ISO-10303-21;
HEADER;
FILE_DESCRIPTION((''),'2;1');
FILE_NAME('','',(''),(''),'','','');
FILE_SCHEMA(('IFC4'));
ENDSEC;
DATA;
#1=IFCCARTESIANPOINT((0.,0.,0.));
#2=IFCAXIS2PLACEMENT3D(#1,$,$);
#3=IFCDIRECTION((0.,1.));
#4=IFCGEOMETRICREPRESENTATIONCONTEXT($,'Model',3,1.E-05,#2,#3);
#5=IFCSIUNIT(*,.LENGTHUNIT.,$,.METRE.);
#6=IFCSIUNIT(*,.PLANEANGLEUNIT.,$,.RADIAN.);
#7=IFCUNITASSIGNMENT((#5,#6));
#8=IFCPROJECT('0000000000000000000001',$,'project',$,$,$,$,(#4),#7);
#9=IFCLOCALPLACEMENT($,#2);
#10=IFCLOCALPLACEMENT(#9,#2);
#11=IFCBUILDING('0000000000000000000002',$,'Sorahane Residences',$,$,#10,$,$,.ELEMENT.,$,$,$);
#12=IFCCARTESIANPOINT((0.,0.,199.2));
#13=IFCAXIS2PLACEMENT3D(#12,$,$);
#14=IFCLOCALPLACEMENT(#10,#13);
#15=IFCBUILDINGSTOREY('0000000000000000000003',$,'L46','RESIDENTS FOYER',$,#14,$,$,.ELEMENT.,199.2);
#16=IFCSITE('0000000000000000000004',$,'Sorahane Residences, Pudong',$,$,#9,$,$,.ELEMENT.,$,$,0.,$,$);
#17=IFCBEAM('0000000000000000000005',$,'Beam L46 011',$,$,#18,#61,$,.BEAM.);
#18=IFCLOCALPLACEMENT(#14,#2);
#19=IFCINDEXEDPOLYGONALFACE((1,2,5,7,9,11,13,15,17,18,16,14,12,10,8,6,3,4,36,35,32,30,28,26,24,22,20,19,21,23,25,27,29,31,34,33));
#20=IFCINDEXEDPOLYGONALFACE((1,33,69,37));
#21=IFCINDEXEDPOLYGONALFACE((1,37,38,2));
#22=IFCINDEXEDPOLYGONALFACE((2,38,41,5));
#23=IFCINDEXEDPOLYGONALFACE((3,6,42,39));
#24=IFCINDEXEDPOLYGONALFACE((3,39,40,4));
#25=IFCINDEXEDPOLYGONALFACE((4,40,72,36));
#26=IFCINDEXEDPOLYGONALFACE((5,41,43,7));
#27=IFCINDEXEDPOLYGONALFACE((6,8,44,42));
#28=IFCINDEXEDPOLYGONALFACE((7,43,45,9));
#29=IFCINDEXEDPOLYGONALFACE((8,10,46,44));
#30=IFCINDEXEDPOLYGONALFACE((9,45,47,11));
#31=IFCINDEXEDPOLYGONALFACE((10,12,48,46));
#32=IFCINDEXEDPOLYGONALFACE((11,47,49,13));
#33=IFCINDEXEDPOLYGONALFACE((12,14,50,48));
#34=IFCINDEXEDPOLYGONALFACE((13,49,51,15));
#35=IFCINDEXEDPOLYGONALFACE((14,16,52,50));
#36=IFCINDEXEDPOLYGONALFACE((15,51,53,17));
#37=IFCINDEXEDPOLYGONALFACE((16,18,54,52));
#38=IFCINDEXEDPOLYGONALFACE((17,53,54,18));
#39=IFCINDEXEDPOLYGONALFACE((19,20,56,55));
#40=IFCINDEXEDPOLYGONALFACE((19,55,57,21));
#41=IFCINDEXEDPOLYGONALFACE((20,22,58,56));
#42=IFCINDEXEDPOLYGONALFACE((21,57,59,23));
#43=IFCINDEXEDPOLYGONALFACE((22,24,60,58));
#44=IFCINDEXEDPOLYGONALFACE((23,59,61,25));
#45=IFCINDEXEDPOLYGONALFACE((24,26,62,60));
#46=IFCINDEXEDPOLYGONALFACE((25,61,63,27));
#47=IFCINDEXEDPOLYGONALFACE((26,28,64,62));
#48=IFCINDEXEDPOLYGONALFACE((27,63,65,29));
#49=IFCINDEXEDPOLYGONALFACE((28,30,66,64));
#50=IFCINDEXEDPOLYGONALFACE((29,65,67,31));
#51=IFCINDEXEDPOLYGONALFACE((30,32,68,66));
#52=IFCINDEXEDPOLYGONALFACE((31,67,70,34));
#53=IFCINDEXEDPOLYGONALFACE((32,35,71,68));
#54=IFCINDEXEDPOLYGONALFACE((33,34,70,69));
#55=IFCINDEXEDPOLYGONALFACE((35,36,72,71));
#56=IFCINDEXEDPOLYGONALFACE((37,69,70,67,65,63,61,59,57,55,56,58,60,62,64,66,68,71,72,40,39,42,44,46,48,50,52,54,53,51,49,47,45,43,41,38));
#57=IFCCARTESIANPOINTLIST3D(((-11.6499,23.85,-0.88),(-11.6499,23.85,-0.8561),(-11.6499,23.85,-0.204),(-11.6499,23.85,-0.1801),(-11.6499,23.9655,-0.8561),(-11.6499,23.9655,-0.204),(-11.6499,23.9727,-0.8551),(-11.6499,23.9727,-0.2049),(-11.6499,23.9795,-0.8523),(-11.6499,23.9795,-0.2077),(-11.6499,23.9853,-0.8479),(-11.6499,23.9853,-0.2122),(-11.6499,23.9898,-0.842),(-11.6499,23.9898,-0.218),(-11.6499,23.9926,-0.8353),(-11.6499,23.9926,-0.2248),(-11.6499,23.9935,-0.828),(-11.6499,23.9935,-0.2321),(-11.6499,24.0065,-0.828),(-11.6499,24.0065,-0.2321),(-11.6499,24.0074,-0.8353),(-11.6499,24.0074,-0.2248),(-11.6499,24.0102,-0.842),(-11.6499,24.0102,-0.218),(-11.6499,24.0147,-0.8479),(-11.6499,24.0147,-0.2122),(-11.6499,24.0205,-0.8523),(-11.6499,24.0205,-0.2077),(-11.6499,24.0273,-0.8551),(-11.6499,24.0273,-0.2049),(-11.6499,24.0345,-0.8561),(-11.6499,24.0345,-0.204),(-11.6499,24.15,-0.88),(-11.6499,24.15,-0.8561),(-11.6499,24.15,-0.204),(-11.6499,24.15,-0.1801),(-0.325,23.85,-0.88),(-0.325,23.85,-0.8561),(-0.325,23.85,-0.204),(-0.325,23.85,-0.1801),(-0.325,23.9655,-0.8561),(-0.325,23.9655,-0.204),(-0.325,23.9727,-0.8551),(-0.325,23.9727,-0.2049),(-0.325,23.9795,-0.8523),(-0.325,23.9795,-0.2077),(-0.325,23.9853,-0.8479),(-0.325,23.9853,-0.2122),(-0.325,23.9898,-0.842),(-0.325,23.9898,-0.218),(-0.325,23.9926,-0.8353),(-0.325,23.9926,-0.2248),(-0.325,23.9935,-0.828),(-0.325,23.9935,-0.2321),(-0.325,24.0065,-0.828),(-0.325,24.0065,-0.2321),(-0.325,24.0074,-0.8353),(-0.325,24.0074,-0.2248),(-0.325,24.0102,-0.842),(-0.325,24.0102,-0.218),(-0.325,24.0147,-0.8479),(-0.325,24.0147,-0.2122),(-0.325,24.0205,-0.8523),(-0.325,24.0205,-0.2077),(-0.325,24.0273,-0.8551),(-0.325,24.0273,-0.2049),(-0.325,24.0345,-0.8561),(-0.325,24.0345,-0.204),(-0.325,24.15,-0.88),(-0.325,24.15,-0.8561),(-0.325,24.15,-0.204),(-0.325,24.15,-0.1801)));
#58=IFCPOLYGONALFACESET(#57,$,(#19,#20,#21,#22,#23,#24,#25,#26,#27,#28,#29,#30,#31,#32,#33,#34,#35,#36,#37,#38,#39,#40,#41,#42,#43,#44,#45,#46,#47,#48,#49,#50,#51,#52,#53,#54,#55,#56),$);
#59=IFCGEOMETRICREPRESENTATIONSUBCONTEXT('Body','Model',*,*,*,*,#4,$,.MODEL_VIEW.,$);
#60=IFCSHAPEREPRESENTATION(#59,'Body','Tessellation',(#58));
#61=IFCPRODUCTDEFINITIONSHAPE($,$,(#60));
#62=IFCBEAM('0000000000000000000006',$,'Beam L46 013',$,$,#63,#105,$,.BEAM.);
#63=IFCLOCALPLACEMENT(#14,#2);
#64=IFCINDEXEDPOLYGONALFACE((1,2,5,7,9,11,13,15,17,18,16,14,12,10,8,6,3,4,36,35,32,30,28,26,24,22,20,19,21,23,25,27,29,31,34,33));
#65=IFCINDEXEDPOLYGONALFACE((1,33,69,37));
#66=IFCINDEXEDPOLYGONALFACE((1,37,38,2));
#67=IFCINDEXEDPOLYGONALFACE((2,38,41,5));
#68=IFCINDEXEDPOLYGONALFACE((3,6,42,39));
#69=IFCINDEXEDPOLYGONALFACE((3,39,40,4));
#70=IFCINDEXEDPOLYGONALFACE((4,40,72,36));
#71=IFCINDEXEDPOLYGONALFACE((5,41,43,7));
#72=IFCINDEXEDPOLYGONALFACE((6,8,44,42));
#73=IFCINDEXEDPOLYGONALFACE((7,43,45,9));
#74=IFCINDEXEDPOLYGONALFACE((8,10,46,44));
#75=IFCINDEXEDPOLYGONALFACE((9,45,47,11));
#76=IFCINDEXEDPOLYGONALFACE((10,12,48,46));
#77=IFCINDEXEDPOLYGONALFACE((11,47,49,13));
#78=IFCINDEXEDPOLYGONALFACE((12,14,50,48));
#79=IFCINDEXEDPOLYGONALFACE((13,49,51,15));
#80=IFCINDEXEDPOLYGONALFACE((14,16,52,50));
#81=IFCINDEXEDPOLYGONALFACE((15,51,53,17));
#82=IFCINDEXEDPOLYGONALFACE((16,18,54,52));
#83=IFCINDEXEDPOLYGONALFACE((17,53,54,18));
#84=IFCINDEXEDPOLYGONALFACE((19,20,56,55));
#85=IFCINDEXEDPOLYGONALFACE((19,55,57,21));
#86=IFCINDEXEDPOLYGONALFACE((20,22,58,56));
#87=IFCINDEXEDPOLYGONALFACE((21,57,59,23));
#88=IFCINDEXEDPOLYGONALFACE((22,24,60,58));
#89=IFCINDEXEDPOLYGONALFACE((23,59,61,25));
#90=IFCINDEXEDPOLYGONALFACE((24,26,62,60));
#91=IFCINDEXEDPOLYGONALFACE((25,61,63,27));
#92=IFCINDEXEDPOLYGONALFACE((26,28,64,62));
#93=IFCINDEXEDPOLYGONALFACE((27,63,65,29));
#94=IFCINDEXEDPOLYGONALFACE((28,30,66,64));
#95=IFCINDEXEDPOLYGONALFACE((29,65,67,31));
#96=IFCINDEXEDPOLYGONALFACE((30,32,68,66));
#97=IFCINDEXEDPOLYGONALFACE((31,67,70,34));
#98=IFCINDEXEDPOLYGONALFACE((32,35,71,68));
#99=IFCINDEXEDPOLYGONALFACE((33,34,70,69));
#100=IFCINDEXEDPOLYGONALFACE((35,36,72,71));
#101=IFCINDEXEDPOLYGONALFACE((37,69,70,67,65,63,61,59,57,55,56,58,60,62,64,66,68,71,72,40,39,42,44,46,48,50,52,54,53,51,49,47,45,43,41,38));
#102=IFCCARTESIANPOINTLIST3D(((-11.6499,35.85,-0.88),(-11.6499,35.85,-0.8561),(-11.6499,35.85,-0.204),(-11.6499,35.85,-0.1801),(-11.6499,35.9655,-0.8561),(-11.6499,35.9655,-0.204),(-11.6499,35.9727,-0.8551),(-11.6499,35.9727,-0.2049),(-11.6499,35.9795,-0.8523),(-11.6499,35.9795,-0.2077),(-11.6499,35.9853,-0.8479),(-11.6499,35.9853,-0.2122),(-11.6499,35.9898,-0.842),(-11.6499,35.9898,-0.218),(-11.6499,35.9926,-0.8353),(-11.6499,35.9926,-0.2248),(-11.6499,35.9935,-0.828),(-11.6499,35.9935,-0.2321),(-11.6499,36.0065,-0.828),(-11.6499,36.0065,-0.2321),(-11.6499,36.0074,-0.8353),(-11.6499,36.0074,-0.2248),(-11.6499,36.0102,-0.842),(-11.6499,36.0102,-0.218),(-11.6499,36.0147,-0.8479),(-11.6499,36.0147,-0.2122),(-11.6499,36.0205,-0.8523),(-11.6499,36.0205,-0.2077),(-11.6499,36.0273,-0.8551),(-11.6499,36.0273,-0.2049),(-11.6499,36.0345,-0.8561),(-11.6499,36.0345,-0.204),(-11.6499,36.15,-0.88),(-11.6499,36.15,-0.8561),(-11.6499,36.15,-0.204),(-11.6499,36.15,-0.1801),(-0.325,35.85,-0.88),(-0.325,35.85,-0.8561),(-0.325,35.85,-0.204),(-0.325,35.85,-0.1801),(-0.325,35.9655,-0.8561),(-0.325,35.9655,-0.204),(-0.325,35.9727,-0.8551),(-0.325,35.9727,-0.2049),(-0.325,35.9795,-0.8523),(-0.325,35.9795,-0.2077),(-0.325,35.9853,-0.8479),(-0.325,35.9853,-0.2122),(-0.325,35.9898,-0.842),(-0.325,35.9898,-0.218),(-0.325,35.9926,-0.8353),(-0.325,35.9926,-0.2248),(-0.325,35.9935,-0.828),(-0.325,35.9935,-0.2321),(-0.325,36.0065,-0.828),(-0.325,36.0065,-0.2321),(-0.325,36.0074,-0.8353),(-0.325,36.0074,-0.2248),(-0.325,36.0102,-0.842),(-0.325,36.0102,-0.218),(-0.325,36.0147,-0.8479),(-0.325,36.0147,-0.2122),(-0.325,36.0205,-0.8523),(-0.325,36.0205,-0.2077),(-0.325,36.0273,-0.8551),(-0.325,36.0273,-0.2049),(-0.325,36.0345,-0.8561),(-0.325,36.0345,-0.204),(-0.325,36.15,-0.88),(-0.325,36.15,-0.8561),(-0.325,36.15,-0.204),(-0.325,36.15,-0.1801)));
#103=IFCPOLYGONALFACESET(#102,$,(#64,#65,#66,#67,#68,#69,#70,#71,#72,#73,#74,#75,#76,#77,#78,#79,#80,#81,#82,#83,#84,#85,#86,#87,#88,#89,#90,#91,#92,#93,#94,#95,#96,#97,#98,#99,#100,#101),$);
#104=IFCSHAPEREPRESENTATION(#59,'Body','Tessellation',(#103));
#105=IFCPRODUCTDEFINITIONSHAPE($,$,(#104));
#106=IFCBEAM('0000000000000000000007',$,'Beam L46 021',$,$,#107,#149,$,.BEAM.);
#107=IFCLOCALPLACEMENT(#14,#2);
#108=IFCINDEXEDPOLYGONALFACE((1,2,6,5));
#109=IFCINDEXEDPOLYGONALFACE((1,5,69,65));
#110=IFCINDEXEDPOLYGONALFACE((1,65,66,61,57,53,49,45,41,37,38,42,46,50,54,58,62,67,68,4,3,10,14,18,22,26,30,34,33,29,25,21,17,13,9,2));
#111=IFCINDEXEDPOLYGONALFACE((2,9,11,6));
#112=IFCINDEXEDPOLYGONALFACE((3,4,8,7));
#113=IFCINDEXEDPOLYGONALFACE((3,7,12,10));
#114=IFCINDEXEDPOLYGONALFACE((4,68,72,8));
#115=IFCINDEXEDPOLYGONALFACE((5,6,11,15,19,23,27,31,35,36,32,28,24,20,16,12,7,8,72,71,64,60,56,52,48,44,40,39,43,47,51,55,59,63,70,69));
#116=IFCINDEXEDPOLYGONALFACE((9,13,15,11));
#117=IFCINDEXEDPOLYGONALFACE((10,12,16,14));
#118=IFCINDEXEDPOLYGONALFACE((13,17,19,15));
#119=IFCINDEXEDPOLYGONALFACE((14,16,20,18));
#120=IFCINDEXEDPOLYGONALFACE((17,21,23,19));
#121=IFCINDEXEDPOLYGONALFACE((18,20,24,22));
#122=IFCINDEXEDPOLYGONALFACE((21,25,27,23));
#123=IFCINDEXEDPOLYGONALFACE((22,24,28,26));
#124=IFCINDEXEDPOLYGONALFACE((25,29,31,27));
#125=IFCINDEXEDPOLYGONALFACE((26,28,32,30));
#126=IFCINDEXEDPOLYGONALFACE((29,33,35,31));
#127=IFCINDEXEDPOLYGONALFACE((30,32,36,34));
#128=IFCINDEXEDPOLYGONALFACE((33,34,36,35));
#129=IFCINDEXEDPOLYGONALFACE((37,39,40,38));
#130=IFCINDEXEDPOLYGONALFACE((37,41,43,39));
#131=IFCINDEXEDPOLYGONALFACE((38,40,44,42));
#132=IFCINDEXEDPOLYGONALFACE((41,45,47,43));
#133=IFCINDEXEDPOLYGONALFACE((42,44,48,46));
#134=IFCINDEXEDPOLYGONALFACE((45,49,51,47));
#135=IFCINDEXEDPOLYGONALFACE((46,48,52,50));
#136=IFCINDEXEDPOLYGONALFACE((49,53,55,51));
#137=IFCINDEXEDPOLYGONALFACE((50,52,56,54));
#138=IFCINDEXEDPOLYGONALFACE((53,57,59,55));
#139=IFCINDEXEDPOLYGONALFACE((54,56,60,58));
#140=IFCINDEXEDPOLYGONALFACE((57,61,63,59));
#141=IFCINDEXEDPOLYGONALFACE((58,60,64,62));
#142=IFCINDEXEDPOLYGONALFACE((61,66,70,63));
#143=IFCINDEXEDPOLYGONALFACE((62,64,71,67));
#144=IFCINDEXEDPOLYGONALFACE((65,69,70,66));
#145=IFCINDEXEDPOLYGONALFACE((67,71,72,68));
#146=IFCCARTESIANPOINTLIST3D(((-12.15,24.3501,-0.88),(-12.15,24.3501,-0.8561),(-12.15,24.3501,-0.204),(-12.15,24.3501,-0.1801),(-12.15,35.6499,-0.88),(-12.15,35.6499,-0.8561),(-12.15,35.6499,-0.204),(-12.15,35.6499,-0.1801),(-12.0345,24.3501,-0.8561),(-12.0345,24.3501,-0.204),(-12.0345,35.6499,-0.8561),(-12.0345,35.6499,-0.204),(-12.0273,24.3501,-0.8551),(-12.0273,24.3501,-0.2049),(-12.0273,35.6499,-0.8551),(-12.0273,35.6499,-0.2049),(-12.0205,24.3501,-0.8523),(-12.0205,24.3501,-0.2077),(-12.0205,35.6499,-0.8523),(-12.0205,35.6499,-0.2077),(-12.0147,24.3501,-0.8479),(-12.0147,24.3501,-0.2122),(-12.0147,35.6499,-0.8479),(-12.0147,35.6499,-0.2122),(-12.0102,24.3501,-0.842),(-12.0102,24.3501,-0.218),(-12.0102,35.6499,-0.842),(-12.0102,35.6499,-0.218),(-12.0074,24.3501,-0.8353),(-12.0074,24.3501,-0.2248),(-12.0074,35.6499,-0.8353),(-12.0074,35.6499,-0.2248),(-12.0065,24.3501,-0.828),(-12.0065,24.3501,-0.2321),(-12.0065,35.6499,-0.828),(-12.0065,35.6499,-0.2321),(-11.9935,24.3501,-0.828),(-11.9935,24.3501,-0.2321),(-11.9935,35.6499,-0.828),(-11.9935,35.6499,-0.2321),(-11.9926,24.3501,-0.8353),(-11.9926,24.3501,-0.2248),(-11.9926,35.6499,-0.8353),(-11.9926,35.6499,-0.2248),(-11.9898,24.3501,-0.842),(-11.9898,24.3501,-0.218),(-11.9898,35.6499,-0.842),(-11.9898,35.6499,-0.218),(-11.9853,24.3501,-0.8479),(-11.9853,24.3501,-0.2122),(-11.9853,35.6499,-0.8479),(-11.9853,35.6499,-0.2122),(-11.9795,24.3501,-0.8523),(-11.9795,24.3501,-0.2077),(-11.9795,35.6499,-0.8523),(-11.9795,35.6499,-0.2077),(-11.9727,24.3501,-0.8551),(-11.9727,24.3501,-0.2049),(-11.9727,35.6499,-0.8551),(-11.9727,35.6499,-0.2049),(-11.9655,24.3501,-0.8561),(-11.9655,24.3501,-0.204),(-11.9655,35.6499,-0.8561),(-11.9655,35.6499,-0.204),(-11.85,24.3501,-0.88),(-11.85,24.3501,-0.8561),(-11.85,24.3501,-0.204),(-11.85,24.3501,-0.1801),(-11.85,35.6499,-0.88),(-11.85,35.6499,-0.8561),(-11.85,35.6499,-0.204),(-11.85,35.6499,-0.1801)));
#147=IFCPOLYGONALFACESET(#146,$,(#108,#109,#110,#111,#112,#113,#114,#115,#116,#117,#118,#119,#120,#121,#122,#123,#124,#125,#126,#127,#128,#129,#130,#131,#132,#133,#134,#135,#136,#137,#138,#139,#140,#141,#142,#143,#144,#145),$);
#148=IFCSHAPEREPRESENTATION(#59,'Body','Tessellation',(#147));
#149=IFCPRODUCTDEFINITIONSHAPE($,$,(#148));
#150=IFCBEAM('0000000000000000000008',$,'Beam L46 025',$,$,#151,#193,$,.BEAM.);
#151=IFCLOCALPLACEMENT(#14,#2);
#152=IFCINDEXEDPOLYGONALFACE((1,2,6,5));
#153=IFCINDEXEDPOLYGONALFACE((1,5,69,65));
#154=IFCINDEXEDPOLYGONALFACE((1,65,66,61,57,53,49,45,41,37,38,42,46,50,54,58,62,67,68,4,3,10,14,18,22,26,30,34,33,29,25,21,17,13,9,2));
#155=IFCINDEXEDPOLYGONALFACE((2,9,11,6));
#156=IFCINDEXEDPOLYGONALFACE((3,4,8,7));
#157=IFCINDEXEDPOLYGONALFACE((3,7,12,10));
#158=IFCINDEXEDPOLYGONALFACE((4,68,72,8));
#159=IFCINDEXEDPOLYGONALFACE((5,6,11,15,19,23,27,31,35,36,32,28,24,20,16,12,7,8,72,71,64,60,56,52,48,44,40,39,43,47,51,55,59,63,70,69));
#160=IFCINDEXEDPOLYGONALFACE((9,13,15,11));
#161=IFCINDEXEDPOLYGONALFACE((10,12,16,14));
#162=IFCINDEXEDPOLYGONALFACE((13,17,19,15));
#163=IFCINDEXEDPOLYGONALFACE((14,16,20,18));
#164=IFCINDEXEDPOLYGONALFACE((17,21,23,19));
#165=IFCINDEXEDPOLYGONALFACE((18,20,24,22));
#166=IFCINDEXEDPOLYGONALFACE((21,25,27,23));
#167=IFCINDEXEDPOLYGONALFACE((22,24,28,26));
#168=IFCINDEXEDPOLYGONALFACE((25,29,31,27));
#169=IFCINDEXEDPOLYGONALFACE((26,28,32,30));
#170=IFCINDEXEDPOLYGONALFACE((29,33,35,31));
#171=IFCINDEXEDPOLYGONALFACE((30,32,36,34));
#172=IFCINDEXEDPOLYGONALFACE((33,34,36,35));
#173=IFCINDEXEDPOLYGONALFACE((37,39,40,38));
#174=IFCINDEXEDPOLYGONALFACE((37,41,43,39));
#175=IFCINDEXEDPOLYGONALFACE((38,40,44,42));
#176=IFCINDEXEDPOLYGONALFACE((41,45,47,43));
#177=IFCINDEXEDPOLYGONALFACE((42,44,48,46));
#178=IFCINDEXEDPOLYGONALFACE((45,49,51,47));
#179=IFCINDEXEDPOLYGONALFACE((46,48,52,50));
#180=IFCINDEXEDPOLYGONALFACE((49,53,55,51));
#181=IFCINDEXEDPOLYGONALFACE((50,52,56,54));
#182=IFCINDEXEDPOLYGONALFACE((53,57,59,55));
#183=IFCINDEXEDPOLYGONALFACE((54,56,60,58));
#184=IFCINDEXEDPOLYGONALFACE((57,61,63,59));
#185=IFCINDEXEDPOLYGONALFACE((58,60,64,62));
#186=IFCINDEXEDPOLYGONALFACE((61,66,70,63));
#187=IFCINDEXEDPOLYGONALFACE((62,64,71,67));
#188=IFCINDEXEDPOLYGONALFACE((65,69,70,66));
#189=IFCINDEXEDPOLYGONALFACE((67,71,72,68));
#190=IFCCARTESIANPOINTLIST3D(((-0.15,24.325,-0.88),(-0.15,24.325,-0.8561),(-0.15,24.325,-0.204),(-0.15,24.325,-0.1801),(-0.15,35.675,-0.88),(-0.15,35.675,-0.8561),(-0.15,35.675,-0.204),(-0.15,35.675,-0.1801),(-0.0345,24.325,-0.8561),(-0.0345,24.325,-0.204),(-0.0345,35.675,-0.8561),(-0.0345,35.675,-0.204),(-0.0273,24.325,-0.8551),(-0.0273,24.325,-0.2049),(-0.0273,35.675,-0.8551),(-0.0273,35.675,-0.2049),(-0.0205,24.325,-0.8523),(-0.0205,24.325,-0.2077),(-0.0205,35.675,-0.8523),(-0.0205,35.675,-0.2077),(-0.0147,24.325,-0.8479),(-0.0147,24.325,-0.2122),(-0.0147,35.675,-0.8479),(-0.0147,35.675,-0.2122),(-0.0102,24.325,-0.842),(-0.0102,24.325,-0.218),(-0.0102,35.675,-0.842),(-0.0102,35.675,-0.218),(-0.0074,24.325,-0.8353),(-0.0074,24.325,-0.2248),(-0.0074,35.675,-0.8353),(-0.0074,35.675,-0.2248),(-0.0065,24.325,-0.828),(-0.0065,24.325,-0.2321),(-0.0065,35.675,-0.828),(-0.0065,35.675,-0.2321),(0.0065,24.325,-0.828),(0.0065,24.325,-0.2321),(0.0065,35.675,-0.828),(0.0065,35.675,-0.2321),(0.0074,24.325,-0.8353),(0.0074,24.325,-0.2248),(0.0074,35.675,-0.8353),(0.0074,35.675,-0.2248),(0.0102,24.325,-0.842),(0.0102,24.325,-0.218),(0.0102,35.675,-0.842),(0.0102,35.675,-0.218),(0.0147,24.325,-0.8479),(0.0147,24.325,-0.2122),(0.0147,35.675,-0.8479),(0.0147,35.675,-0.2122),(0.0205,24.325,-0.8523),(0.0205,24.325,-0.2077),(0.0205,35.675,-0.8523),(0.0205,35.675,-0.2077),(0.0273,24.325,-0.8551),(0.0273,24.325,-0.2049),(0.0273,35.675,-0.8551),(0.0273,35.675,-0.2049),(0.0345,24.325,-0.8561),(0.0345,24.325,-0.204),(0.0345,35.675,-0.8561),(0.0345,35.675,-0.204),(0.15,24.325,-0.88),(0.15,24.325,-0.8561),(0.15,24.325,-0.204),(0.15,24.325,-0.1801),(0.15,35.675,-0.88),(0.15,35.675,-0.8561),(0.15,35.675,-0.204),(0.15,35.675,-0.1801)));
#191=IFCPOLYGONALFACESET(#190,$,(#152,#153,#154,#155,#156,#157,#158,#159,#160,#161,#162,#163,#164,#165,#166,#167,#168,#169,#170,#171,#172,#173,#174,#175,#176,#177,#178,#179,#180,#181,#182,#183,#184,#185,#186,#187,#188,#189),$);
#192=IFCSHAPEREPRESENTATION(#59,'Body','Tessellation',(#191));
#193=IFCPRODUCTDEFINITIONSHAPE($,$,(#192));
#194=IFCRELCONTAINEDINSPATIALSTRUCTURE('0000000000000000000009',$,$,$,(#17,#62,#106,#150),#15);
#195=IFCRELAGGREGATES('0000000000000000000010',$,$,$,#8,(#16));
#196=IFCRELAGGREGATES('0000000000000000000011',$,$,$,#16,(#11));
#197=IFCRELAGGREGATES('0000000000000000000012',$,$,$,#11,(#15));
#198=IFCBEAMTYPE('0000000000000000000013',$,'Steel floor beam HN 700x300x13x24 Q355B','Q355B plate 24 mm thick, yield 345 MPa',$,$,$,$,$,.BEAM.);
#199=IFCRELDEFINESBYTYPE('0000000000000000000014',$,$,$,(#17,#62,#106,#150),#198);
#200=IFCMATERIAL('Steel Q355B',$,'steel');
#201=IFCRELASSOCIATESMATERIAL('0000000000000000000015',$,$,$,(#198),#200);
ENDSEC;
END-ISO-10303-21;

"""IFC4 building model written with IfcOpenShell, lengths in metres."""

from ifc_helpers import new_model, si_unit, direction, frame, origin, origin_2d, place, context, subcontext, project, spatial, i_section, extrude, material, material_profile, profile_set, type_object, element, save


model = new_model("IFC4")

# Units and contexts
model_context = context("Model", 3, precision=1e-05, world=origin(), true_north=direction((0.0, 1.0)))
body_context = subcontext(model_context, "Body", "Model", "MODEL_VIEW")
ifc_project = project(units=[si_unit("LENGTHUNIT", "METRE"), si_unit("PLANEANGLEUNIT", "RADIAN")], contexts=[model_context])

# Site, building, storey
site_placement = place(None, origin())
site = spatial("IfcSite", under=ifc_project, at=site_placement, Name="Sorahane Residences, Pudong", CompositionType="ELEMENT", RefElevation=0.0)
building_placement = place(site_placement, origin())
building = spatial("IfcBuilding", under=site, at=building_placement, Name="Sorahane Residences", CompositionType="ELEMENT")
storey_placement = place(building_placement, frame((0.0, 0.0, 199.2)))
storey = spatial("IfcBuildingStorey", under=building, at=storey_placement, Name="L46", Description="RESIDENTS FOYER", CompositionType="ELEMENT", Elevation=199.2)

# Beams
ifc_material_1 = material(Name="Steel Q355B", Category="steel")
ifc_material_profile_1 = material_profile(ifc_material_1, i_section(OverallWidth=0.3, OverallDepth=0.7, WebThickness=0.0129, FlangeThickness=0.0239, FilletRadius=0.0281, at=origin_2d()), Name="HN 700x300x13x24")
ifc_profile_set_1 = profile_set([ifc_material_profile_1], Name="Steel Q355B")
beam_type_1 = type_object("IfcBeamType", Name="Steel floor beam HN 700x300x13x24 Q355B", Description="Q355B plate 24 mm thick, yield 345 MPa", PredefinedType="BEAM", material=ifc_profile_set_1)
for number, where, z_axis, x_axis, name in (
    (1, (-11.6499, 24.0, -0.53), (1.0, 0.0, 0.0), (0.0, 1.0, 0.0), "Beam L46 011"),
    (2, (-11.6499, 36.0, -0.53), (1.0, 0.0, 0.0), (0.0, 1.0, 0.0), "Beam L46 013"),
):
    element("IfcBeam", number, at=place(storey_placement, frame(where, z_axis=z_axis, x_axis=x_axis)), inside=storey, type_object=beam_type_1, Name=name, PredefinedType="BEAM", context=body_context, shape_type="SweptSolid", body=[
        extrude(i_section(OverallWidth=0.3, OverallDepth=0.7, WebThickness=0.0129, FlangeThickness=0.0239, FilletRadius=0.0281, at=origin_2d()), origin(), (0.0, 0.0, 1.0), 11.325),
    ])
beam_1_placement = place(storey_placement, frame((-12.0, 24.3501, -0.53), z_axis=(0.0, 1.0, 0.0), x_axis=(-1.0, 0.0, 0.0)))
element("IfcBeam", 3, at=beam_1_placement, inside=storey, type_object=beam_type_1, Name="Beam L46 021", PredefinedType="BEAM", context=body_context, shape_type="SweptSolid", body=[
    extrude(i_section(OverallWidth=0.3, OverallDepth=0.7, WebThickness=0.0129, FlangeThickness=0.0239, FilletRadius=0.0281, at=origin_2d()), origin(), (0.0, 0.0, 1.0), 11.2998),
])
beam_2_placement = place(storey_placement, frame((0.0, 24.325, -0.53), z_axis=(0.0, 1.0, 0.0), x_axis=(-1.0, 0.0, 0.0)))
element("IfcBeam", 4, at=beam_2_placement, inside=storey, type_object=beam_type_1, Name="Beam L46 025", PredefinedType="BEAM", context=body_context, shape_type="SweptSolid", body=[
    extrude(i_section(OverallWidth=0.3, OverallDepth=0.7, WebThickness=0.0129, FlangeThickness=0.0239, FilletRadius=0.0281, at=origin_2d()), origin(), (0.0, 0.0, 1.0), 11.3501),
])

save(model, "model.ifc")
